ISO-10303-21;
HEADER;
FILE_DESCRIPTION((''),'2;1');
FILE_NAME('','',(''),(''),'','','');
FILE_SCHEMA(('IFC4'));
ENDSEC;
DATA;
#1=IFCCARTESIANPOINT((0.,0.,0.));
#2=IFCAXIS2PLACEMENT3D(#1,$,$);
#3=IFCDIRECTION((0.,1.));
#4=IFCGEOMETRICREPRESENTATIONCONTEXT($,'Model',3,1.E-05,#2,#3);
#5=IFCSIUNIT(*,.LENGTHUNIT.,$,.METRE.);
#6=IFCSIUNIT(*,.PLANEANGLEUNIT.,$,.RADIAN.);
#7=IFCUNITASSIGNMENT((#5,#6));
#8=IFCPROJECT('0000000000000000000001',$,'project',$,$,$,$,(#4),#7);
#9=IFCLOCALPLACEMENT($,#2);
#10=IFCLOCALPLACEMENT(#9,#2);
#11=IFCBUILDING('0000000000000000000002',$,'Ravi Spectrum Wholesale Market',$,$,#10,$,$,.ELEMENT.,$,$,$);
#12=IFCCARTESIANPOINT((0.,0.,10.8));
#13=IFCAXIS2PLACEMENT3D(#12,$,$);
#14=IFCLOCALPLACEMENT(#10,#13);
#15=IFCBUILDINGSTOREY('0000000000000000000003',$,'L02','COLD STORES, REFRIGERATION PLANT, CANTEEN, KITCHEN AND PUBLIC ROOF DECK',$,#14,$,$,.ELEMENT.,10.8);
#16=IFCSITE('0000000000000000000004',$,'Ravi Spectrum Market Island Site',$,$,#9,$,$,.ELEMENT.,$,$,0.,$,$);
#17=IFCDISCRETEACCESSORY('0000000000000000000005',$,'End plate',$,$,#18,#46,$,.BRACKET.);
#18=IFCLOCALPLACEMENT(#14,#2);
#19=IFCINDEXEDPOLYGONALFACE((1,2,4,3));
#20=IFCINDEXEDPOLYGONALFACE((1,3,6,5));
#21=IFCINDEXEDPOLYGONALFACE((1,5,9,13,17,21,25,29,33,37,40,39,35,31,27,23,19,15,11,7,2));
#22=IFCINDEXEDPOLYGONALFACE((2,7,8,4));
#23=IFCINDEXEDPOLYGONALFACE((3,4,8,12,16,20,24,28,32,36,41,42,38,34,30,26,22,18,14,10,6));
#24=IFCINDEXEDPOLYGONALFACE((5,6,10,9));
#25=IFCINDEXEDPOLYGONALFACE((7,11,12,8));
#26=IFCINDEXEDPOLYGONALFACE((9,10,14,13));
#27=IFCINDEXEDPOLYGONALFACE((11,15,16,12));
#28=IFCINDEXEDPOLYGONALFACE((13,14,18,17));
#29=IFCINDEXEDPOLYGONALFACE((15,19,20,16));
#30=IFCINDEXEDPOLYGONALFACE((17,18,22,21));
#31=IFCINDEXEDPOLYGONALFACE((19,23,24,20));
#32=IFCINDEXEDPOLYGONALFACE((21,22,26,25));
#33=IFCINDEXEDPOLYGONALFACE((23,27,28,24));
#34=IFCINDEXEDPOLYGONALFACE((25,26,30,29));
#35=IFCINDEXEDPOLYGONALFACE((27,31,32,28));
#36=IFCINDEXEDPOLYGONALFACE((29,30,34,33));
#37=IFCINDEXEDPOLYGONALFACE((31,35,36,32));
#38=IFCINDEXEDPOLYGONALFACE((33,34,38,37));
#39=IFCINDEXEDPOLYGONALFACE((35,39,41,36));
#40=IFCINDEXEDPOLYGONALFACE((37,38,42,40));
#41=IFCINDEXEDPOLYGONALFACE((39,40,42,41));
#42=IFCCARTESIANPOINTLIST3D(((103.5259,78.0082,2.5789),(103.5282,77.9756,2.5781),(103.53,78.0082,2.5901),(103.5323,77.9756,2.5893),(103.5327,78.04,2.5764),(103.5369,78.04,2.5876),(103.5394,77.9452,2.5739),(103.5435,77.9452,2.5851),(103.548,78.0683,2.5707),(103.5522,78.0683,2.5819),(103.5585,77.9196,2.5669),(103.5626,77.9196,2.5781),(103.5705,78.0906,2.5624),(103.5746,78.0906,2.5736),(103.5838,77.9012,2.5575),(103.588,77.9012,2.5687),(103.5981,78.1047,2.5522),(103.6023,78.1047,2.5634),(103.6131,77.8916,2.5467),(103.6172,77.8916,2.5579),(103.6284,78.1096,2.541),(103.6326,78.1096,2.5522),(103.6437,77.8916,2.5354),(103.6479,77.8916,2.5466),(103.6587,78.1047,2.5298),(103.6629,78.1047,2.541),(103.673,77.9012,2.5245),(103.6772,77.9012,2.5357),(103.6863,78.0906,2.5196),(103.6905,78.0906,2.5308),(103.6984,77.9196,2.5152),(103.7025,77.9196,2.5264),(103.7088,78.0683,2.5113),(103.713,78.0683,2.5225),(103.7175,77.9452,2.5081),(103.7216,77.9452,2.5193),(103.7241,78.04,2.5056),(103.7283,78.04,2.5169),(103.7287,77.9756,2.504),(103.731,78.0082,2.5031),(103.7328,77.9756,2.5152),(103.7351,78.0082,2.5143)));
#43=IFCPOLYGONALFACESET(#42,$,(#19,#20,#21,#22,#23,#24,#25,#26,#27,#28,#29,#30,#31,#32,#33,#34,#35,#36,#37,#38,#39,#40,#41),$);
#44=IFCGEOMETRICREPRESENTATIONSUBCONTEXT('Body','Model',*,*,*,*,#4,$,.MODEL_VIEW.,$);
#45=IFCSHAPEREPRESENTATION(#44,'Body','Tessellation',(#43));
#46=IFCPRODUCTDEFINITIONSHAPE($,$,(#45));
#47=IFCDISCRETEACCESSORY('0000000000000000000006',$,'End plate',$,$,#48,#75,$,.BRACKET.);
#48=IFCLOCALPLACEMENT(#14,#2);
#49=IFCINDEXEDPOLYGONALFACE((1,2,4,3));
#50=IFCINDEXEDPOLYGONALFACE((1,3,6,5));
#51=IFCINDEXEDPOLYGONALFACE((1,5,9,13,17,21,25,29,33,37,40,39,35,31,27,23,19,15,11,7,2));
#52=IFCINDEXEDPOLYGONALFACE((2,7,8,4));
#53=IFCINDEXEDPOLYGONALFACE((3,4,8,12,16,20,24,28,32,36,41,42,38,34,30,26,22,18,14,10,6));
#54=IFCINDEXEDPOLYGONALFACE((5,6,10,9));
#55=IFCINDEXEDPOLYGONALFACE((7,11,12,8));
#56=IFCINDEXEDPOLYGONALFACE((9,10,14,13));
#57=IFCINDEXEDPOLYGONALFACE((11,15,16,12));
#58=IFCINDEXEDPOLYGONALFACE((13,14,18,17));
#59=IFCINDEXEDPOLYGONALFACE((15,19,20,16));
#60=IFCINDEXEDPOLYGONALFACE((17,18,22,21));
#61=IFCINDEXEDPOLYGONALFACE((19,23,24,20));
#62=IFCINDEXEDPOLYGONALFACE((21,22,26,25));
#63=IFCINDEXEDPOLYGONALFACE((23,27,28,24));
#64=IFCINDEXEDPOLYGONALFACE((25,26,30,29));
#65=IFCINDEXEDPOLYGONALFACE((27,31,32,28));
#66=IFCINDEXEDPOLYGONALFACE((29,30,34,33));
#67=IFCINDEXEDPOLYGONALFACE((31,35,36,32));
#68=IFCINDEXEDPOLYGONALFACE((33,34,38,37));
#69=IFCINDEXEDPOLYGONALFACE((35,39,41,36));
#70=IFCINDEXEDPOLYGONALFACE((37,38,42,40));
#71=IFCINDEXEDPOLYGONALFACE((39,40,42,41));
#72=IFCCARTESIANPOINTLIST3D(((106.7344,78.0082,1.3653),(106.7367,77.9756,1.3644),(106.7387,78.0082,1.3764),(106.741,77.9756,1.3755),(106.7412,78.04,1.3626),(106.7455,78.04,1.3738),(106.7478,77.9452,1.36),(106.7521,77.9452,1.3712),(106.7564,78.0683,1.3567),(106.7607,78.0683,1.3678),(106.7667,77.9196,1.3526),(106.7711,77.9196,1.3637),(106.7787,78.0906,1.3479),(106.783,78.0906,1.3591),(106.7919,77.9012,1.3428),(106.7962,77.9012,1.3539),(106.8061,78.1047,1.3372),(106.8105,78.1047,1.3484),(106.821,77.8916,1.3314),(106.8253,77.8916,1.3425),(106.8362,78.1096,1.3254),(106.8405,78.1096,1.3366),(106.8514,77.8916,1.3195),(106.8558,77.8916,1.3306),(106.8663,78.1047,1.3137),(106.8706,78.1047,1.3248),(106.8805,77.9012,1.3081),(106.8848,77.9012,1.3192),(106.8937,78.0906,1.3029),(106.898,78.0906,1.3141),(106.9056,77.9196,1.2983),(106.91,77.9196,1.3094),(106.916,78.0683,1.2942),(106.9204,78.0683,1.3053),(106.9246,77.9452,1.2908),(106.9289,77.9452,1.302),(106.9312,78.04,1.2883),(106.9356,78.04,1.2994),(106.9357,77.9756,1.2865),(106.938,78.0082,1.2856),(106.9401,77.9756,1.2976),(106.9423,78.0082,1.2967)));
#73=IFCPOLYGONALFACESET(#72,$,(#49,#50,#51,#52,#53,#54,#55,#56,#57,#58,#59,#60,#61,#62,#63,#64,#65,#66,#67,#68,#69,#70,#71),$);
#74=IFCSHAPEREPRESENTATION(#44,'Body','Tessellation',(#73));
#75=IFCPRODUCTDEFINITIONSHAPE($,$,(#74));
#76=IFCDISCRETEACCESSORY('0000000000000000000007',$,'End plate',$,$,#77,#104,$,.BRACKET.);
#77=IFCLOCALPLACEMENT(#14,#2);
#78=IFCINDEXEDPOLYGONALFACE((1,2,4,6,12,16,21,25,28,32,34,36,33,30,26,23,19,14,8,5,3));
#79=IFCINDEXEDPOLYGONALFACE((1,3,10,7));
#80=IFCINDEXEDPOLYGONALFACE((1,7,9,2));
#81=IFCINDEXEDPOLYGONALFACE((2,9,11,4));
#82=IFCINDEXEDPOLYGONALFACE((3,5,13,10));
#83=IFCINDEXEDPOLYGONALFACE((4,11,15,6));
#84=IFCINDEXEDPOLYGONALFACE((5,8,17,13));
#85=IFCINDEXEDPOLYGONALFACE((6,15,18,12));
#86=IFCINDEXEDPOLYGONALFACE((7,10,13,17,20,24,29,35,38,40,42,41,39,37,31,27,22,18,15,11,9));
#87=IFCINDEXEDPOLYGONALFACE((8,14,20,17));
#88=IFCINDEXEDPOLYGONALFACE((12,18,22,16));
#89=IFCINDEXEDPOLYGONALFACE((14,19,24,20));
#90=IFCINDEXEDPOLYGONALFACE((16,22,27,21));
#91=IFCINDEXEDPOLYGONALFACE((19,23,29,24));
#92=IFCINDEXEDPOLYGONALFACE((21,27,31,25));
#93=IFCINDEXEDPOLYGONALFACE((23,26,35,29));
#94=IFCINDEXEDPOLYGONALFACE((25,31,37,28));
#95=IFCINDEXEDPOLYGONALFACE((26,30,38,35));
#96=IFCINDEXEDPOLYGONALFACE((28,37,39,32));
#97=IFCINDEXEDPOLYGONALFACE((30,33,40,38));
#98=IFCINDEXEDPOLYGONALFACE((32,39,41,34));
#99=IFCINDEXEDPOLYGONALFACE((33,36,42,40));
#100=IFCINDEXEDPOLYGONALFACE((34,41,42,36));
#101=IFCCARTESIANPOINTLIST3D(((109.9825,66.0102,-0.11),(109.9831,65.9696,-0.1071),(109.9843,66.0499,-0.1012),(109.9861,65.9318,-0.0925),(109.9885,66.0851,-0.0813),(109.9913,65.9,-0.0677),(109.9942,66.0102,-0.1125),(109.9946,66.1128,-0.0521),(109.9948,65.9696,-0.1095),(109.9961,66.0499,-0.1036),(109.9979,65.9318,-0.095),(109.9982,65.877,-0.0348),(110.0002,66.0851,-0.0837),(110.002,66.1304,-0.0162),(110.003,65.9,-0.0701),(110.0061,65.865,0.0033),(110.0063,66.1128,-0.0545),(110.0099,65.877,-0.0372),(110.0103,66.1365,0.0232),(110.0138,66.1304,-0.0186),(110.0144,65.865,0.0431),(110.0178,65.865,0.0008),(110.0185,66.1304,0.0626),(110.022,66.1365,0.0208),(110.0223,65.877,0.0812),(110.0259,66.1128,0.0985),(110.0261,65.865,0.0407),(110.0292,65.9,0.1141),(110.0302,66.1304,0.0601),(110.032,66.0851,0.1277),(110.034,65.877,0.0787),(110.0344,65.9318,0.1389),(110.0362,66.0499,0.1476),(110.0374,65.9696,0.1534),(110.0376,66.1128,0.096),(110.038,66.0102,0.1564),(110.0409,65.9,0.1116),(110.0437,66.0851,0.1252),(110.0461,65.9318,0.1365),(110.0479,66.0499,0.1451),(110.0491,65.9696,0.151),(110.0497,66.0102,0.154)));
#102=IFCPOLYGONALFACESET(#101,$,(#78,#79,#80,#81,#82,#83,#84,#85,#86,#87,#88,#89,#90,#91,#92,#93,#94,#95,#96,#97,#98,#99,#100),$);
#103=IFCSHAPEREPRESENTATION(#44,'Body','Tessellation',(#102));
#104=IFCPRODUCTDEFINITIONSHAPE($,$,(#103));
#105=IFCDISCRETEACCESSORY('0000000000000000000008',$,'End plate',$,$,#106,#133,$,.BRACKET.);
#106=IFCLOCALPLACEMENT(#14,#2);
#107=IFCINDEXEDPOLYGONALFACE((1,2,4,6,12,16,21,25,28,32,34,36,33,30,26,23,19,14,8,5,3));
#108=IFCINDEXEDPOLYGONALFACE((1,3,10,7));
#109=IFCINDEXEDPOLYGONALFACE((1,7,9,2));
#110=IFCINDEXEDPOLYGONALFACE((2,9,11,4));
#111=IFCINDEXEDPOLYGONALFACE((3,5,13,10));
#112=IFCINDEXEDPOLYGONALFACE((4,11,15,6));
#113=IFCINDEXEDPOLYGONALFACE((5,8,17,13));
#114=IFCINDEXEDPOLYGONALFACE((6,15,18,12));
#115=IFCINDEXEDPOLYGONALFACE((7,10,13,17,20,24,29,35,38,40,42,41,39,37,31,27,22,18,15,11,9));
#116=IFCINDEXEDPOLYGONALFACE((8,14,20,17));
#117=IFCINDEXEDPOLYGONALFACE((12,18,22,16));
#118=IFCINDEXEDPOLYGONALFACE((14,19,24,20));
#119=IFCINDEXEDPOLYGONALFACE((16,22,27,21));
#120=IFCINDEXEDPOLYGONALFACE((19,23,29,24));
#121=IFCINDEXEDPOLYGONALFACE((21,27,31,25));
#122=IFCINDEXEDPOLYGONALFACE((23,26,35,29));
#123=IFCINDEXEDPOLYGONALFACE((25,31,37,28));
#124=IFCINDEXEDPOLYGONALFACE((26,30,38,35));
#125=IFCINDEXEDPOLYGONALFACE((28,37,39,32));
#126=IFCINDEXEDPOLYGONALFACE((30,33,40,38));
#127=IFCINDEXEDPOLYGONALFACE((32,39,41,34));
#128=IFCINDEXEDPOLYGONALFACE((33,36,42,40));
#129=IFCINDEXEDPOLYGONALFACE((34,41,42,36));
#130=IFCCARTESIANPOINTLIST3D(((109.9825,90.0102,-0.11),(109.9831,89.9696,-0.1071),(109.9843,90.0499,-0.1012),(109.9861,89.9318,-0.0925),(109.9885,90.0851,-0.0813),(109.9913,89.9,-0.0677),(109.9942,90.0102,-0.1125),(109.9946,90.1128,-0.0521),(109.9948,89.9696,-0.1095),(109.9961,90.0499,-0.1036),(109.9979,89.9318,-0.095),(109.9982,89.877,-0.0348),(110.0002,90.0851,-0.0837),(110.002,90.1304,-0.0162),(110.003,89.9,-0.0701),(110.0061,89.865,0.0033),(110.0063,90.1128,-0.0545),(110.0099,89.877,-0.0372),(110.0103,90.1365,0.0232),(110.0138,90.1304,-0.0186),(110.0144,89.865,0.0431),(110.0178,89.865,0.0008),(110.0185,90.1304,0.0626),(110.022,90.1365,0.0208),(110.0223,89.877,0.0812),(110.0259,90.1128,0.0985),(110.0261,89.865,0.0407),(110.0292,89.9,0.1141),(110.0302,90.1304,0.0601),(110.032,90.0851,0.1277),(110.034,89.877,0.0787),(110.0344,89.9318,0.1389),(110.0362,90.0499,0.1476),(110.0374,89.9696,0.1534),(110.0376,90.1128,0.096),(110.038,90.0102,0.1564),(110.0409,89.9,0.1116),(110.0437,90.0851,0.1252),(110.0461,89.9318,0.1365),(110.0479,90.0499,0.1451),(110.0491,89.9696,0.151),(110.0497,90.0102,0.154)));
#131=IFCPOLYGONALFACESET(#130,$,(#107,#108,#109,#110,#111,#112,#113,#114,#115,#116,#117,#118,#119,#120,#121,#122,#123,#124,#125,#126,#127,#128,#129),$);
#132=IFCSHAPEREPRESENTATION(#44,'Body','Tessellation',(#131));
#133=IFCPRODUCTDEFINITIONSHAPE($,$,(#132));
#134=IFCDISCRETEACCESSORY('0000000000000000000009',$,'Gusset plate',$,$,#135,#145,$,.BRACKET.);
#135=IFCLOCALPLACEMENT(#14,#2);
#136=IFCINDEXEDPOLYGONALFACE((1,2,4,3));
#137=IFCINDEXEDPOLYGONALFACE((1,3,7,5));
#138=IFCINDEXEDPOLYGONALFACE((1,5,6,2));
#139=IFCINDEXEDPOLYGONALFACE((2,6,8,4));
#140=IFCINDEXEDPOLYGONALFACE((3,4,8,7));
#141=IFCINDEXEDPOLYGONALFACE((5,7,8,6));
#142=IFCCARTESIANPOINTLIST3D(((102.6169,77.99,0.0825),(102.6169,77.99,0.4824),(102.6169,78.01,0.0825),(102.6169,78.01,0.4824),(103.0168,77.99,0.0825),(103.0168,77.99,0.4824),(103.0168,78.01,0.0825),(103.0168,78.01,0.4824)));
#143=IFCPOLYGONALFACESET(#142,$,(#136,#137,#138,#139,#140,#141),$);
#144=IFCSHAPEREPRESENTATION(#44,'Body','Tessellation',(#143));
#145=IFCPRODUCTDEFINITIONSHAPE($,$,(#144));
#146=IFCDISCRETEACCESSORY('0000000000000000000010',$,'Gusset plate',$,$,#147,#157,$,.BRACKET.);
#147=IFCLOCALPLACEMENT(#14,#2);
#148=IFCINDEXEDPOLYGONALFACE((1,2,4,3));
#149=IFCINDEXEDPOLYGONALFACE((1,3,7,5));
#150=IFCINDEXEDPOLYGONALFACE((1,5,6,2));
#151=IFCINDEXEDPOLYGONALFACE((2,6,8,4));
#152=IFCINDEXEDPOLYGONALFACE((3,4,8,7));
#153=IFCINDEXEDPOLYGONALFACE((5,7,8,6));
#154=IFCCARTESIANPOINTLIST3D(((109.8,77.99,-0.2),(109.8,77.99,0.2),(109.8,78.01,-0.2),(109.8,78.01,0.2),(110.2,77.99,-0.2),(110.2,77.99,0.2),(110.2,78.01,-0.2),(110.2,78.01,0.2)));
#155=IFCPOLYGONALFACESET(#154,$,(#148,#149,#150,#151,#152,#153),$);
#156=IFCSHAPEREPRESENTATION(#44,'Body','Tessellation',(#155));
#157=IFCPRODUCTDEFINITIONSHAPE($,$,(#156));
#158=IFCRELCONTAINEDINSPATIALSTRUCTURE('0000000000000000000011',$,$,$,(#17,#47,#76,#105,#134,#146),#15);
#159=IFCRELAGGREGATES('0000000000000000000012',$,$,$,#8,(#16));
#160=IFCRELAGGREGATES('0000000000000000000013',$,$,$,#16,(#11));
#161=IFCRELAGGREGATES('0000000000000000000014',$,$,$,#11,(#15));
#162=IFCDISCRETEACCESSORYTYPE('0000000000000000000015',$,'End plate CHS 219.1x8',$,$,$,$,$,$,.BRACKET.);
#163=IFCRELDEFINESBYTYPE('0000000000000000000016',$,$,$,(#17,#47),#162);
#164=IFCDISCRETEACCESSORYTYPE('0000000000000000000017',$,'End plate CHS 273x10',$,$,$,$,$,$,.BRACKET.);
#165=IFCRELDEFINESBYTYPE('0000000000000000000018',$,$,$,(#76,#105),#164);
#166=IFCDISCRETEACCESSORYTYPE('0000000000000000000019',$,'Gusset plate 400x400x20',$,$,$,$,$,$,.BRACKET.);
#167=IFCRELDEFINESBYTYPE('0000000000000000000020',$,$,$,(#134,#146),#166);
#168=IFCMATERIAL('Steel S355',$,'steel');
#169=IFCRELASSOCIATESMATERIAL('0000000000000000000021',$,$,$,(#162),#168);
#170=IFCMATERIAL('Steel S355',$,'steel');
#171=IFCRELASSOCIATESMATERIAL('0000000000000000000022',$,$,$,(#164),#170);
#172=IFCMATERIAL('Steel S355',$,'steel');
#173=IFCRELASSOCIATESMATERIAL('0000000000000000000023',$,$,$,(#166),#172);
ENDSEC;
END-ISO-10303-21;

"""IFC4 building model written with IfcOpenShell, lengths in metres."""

from ifc_helpers import new_model, si_unit, direction, frame, origin, origin_2d, place, context, subcontext, project, spatial, rectangle, circle, extrude, material, material_profile, profile_set, type_object, element, save


model = new_model("IFC4")

# Units and contexts
model_context = context("Model", 3, precision=1e-05, world=origin(), true_north=direction((0.0, 1.0)))
body_context = subcontext(model_context, "Body", "Model", "MODEL_VIEW")
ifc_project = project(units=[si_unit("LENGTHUNIT", "METRE"), si_unit("PLANEANGLEUNIT", "RADIAN")], contexts=[model_context])

# Site, building, storey
site_placement = place(None, origin())
site = spatial("IfcSite", under=ifc_project, at=site_placement, Name="Ravi Spectrum Market Island Site", CompositionType="ELEMENT", RefElevation=0.0)
building_placement = place(site_placement, origin())
building = spatial("IfcBuilding", under=site, at=building_placement, Name="Ravi Spectrum Wholesale Market", CompositionType="ELEMENT")
storey_placement = place(building_placement, frame((0.0, 0.0, 10.8)))
storey = spatial("IfcBuildingStorey", under=building, at=storey_placement, Name="L02", Description="COLD STORES, REFRIGERATION PLANT, CANTEEN, KITCHEN AND PUBLIC ROOF DECK", CompositionType="ELEMENT", Elevation=10.8)

# Discrete accessories
ifc_material_1 = material(Name="Steel S355", Category="steel")
ifc_material_profile_1 = material_profile(ifc_material_1, circle(Radius=0.1096, at=origin_2d()))
ifc_profile_set_1 = profile_set([ifc_material_profile_1], Name="Steel S355")
discrete_accessory_type_1 = type_object("IfcDiscreteAccessoryType", Name="End plate CHS 219.1x8", PredefinedType="BRACKET", material=ifc_profile_set_1)
for number, where, z_axis, x_axis, name in (
    (1, (103.6284, 78.0, 2.541), (0.34665, 0.0, 0.937994), (0.0, 1.0, 0.0), "End plate"),
    (2, (106.8362, 78.0, 1.3254), (0.364399, 0.0, 0.931243), (0.0, 1.0, 0.0), "End plate"),
):
    element("IfcDiscreteAccessory", number, at=place(storey_placement, frame(where, z_axis=z_axis, x_axis=x_axis)), inside=storey, type_object=discrete_accessory_type_1, Name=name, PredefinedType="BRACKET", context=body_context, shape_type="SweptSolid", body=[
        extrude(circle(Radius=0.1096, at=origin_2d()), origin(), (0.0, 0.0, 1.0), 0.012),
    ])
ifc_material_2 = material(Name="Steel S355", Category="steel")
ifc_material_profile_2 = material_profile(ifc_material_2, circle(Radius=0.1365, at=origin_2d()))
ifc_profile_set_2 = profile_set([ifc_material_profile_2], Name="Steel S355")
discrete_accessory_type_2 = type_object("IfcDiscreteAccessoryType", Name="End plate CHS 273x10", PredefinedType="BRACKET", material=ifc_profile_set_2)
for number, where, z_axis, x_axis, name in (
    (3, (110.0103, 66.0, 0.0232), (0.97898, 0.0, -0.203954), (0.0, 1.0, 0.0), "End plate"),
    (4, (110.0103, 90.0, 0.0232), (0.97898, 0.0, -0.203954), (0.0, 1.0, 0.0), "End plate"),
):
    element("IfcDiscreteAccessory", number, at=place(storey_placement, frame(where, z_axis=z_axis, x_axis=x_axis)), inside=storey, type_object=discrete_accessory_type_2, Name=name, PredefinedType="BRACKET", context=body_context, shape_type="SweptSolid", body=[
        extrude(circle(Radius=0.1365, at=origin_2d()), origin(), (0.0, 0.0, 1.0), 0.012),
    ])
ifc_material_3 = material(Name="Steel S355", Category="steel")
ifc_material_profile_3 = material_profile(ifc_material_3, rectangle(XDim=0.3999, YDim=0.02, at=origin_2d()))
ifc_profile_set_3 = profile_set([ifc_material_profile_3], Name="Steel S355")
discrete_accessory_type_3 = type_object("IfcDiscreteAccessoryType", Name="Gusset plate 400x400x20", PredefinedType="BRACKET", material=ifc_profile_set_3)
for number, where, z_axis, x_axis, name in (
    (5, (102.8169, 78.0, 0.0825), (0.0, 0.0, 1.0), (-1.0, 0.0, 0.0), "Gusset plate"),
    (6, (110.0, 78.0, -0.2), (0.0, 0.0, 1.0), (1.0, 0.0, 0.0), "Gusset plate"),
):
    element("IfcDiscreteAccessory", number, at=place(storey_placement, frame(where, z_axis=z_axis, x_axis=x_axis)), inside=storey, type_object=discrete_accessory_type_3, Name=name, PredefinedType="BRACKET", context=body_context, shape_type="SweptSolid", body=[
        extrude(rectangle(XDim=0.3999, YDim=0.02, at=origin_2d()), origin(), (0.0, 0.0, 1.0), 0.3999),
    ])

save(model, "model.ifc")
